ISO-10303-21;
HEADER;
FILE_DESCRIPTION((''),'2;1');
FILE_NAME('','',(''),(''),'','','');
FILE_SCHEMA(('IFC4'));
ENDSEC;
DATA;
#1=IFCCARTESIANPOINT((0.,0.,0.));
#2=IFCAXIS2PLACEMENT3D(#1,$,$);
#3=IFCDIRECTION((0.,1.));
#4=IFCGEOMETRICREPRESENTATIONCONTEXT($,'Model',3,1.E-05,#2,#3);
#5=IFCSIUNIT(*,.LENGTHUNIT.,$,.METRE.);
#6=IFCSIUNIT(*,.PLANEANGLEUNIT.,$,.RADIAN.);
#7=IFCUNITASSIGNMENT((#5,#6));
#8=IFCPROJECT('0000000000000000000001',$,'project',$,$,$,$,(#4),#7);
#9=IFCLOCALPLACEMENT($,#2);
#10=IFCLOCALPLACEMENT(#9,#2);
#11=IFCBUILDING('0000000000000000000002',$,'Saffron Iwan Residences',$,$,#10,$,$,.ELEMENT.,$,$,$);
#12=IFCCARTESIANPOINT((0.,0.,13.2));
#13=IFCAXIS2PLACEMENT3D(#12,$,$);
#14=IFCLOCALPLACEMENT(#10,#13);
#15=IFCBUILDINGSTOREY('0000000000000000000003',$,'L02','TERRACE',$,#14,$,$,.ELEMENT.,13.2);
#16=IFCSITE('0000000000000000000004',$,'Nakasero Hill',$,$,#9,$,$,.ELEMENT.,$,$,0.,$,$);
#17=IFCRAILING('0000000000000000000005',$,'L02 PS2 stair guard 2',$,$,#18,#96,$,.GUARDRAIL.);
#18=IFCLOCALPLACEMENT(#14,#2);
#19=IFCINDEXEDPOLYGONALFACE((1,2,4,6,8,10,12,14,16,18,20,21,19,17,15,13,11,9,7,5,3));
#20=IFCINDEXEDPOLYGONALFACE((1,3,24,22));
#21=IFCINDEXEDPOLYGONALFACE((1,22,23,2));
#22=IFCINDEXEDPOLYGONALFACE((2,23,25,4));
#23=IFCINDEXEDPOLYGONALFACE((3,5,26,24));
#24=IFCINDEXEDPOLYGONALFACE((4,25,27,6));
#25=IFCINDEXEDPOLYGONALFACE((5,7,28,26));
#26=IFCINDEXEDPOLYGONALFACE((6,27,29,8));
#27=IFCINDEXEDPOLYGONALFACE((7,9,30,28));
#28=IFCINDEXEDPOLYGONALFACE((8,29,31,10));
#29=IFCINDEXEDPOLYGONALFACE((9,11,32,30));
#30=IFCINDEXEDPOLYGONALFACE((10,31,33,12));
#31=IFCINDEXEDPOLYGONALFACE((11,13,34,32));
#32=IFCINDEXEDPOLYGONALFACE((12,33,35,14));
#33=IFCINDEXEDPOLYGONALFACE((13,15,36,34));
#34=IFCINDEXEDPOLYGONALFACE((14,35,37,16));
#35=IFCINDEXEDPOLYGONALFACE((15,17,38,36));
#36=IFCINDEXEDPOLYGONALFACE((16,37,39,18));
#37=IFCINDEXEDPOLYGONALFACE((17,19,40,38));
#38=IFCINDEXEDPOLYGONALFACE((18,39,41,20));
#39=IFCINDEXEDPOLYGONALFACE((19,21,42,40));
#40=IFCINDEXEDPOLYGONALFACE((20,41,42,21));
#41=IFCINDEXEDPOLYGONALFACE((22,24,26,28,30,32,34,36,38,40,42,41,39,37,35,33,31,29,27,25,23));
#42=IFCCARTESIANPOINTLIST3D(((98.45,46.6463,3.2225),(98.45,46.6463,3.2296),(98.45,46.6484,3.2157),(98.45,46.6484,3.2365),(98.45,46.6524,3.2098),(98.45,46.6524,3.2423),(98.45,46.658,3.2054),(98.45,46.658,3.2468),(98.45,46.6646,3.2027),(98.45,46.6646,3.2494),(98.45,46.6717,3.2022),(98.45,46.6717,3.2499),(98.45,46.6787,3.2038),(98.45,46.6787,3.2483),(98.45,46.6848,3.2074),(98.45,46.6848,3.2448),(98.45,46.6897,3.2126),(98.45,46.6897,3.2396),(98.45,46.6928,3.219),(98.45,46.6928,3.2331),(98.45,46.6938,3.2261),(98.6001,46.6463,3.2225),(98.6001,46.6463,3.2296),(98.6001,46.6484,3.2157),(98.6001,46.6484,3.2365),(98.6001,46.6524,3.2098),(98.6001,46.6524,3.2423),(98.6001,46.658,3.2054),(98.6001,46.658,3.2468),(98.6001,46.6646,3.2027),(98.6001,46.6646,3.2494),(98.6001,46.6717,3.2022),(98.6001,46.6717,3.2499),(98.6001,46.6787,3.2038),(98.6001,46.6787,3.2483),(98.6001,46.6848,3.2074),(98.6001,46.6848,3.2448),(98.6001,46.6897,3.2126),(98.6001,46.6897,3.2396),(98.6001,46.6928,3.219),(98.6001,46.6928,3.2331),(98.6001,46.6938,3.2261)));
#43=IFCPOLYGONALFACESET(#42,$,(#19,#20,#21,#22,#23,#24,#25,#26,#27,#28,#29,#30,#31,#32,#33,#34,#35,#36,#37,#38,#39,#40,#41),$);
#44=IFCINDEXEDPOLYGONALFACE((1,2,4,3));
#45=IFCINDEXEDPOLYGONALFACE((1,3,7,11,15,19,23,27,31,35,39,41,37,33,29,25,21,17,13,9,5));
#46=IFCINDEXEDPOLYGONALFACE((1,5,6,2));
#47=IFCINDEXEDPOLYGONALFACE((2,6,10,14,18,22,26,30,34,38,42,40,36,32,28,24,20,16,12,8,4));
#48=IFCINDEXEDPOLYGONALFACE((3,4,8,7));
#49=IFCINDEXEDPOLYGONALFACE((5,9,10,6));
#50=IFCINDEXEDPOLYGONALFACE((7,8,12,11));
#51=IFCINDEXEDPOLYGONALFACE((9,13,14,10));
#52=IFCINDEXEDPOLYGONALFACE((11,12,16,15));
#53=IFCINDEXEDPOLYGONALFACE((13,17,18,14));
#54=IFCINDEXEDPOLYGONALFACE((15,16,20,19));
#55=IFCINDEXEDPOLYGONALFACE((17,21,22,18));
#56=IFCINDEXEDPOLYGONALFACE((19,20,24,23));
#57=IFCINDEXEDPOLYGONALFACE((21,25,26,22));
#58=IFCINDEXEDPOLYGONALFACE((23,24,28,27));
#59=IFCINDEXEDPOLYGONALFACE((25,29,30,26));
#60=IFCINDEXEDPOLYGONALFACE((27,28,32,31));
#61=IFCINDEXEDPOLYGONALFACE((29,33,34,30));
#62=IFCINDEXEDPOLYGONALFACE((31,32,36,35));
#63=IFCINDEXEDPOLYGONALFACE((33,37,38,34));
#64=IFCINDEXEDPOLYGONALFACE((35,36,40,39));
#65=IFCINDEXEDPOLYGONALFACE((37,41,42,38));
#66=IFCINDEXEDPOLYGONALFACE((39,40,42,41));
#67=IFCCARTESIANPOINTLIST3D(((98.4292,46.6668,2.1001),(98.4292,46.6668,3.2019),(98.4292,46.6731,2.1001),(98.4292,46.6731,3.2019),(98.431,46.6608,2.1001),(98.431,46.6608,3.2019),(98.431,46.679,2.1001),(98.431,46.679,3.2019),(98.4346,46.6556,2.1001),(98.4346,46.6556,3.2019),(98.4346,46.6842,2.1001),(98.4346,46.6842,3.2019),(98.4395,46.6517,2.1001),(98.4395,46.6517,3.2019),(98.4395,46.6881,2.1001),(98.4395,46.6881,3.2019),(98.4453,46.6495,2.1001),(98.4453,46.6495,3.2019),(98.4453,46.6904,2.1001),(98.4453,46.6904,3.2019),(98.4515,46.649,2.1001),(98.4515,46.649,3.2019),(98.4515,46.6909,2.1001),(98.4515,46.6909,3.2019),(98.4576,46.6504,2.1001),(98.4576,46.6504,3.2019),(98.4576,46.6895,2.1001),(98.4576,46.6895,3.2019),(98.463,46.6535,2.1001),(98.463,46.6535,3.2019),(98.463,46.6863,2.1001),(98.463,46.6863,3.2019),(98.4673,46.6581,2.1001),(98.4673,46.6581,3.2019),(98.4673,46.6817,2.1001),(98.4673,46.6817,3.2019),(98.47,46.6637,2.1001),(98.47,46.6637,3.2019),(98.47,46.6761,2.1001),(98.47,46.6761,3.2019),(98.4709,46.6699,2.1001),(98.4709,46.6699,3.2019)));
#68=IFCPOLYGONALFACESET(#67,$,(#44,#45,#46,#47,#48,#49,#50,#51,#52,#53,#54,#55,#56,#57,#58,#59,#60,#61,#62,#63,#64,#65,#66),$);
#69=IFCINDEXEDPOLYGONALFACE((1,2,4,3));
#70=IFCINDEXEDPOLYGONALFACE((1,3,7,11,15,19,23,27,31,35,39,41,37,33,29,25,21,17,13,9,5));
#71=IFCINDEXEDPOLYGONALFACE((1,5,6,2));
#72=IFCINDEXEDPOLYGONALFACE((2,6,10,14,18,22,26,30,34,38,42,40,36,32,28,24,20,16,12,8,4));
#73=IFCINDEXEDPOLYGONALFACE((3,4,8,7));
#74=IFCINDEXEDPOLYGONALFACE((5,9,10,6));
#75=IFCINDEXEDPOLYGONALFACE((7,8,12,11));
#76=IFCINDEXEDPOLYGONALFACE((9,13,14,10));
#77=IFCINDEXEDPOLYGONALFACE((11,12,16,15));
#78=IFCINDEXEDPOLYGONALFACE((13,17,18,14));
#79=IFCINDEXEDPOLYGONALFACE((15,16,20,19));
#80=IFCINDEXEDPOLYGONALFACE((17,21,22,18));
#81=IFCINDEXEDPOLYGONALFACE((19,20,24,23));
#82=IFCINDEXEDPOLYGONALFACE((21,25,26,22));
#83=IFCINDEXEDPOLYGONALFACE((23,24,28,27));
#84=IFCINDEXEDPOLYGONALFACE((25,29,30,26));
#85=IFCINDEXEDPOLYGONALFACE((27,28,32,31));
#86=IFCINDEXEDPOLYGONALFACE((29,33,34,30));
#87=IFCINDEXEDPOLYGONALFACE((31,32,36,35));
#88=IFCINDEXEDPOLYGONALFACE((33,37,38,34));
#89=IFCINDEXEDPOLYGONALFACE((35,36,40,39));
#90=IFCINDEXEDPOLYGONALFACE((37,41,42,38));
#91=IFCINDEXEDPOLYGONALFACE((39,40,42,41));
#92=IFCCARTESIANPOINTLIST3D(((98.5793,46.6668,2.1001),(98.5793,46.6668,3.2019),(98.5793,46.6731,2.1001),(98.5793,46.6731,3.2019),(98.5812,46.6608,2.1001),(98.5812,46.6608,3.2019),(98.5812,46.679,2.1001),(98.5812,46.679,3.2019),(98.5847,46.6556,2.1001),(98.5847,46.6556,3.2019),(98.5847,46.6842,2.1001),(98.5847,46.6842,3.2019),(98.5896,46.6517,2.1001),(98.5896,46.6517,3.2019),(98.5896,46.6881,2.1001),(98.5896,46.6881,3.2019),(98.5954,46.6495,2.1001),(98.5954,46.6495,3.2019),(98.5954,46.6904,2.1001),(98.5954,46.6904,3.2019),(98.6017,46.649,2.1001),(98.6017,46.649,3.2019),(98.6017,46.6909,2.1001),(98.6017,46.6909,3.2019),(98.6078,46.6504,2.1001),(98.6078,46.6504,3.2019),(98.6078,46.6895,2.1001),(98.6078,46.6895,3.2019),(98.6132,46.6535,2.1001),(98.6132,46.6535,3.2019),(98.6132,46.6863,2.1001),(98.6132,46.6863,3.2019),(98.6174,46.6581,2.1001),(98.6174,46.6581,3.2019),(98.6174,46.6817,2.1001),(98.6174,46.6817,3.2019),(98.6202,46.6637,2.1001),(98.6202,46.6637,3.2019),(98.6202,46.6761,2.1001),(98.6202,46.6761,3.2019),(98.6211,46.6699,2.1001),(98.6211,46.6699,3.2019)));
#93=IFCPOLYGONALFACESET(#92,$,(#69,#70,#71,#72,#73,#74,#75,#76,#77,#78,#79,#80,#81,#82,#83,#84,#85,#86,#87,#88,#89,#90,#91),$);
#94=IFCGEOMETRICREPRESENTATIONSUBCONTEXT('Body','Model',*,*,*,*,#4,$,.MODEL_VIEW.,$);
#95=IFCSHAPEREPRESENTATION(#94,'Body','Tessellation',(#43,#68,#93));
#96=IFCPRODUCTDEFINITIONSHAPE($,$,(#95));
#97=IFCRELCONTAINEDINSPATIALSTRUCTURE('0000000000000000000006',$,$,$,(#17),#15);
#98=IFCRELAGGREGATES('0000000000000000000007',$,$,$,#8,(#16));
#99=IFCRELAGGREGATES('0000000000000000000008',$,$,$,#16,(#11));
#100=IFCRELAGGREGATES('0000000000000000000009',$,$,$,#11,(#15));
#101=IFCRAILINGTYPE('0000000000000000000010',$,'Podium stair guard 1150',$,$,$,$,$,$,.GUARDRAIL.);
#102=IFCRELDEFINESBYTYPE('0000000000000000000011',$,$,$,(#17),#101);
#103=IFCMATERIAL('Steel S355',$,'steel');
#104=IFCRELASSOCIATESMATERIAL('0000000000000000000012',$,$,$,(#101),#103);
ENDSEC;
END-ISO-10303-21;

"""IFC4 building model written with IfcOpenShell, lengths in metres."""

from ifc_helpers import new_model, si_unit, direction, frame, origin, origin_2d, place, context, subcontext, project, spatial, circle, extrude, material, type_object, element, save


model = new_model("IFC4")

# Units and contexts
model_context = context("Model", 3, precision=1e-05, world=origin(), true_north=direction((0.0, 1.0)))
body_context = subcontext(model_context, "Body", "Model", "MODEL_VIEW")
ifc_project = project(units=[si_unit("LENGTHUNIT", "METRE"), si_unit("PLANEANGLEUNIT", "RADIAN")], contexts=[model_context])

# Site, building, storey
site_placement = place(None, origin())
site = spatial("IfcSite", under=ifc_project, at=site_placement, Name="Nakasero Hill", CompositionType="ELEMENT", RefElevation=0.0)
building_placement = place(site_placement, origin())
building = spatial("IfcBuilding", under=site, at=building_placement, Name="Saffron Iwan Residences", CompositionType="ELEMENT")
storey_placement = place(building_placement, frame((0.0, 0.0, 13.2)))
storey = spatial("IfcBuildingStorey", under=building, at=storey_placement, Name="L02", Description="TERRACE", CompositionType="ELEMENT", Elevation=13.2)

# Railing
ifc_material_1 = material(Name="Steel S355", Category="steel")
railing_type_1 = type_object("IfcRailingType", Name="Podium stair guard 1150", PredefinedType="GUARDRAIL", material=ifc_material_1)
railing_1_placement = place(storey_placement, frame((98.45, 46.6699, 2.1001)))
element("IfcRailing", 1, at=railing_1_placement, inside=storey, type_object=railing_type_1, Name="L02 PS2 stair guard 2", PredefinedType="GUARDRAIL", context=body_context, shape_type="SweptSolid", body=[
    extrude(circle(Radius=0.0239, at=origin_2d()), frame((0.0, 0.0, 1.126), z_axis=(1.0, 0.0, 0.0), x_axis=(0.0, 1.0, 0.0)), (0.0, 0.0, 1.0), 0.1501),
    extrude(circle(Radius=0.021, at=origin_2d()), origin(), (0.0, 0.0, 1.0), 1.1018),
    extrude(circle(Radius=0.021, at=origin_2d()), frame((0.1501, 0.0, 0.0)), (0.0, 0.0, 1.0), 1.1018),
])

save(model, "model.ifc")
